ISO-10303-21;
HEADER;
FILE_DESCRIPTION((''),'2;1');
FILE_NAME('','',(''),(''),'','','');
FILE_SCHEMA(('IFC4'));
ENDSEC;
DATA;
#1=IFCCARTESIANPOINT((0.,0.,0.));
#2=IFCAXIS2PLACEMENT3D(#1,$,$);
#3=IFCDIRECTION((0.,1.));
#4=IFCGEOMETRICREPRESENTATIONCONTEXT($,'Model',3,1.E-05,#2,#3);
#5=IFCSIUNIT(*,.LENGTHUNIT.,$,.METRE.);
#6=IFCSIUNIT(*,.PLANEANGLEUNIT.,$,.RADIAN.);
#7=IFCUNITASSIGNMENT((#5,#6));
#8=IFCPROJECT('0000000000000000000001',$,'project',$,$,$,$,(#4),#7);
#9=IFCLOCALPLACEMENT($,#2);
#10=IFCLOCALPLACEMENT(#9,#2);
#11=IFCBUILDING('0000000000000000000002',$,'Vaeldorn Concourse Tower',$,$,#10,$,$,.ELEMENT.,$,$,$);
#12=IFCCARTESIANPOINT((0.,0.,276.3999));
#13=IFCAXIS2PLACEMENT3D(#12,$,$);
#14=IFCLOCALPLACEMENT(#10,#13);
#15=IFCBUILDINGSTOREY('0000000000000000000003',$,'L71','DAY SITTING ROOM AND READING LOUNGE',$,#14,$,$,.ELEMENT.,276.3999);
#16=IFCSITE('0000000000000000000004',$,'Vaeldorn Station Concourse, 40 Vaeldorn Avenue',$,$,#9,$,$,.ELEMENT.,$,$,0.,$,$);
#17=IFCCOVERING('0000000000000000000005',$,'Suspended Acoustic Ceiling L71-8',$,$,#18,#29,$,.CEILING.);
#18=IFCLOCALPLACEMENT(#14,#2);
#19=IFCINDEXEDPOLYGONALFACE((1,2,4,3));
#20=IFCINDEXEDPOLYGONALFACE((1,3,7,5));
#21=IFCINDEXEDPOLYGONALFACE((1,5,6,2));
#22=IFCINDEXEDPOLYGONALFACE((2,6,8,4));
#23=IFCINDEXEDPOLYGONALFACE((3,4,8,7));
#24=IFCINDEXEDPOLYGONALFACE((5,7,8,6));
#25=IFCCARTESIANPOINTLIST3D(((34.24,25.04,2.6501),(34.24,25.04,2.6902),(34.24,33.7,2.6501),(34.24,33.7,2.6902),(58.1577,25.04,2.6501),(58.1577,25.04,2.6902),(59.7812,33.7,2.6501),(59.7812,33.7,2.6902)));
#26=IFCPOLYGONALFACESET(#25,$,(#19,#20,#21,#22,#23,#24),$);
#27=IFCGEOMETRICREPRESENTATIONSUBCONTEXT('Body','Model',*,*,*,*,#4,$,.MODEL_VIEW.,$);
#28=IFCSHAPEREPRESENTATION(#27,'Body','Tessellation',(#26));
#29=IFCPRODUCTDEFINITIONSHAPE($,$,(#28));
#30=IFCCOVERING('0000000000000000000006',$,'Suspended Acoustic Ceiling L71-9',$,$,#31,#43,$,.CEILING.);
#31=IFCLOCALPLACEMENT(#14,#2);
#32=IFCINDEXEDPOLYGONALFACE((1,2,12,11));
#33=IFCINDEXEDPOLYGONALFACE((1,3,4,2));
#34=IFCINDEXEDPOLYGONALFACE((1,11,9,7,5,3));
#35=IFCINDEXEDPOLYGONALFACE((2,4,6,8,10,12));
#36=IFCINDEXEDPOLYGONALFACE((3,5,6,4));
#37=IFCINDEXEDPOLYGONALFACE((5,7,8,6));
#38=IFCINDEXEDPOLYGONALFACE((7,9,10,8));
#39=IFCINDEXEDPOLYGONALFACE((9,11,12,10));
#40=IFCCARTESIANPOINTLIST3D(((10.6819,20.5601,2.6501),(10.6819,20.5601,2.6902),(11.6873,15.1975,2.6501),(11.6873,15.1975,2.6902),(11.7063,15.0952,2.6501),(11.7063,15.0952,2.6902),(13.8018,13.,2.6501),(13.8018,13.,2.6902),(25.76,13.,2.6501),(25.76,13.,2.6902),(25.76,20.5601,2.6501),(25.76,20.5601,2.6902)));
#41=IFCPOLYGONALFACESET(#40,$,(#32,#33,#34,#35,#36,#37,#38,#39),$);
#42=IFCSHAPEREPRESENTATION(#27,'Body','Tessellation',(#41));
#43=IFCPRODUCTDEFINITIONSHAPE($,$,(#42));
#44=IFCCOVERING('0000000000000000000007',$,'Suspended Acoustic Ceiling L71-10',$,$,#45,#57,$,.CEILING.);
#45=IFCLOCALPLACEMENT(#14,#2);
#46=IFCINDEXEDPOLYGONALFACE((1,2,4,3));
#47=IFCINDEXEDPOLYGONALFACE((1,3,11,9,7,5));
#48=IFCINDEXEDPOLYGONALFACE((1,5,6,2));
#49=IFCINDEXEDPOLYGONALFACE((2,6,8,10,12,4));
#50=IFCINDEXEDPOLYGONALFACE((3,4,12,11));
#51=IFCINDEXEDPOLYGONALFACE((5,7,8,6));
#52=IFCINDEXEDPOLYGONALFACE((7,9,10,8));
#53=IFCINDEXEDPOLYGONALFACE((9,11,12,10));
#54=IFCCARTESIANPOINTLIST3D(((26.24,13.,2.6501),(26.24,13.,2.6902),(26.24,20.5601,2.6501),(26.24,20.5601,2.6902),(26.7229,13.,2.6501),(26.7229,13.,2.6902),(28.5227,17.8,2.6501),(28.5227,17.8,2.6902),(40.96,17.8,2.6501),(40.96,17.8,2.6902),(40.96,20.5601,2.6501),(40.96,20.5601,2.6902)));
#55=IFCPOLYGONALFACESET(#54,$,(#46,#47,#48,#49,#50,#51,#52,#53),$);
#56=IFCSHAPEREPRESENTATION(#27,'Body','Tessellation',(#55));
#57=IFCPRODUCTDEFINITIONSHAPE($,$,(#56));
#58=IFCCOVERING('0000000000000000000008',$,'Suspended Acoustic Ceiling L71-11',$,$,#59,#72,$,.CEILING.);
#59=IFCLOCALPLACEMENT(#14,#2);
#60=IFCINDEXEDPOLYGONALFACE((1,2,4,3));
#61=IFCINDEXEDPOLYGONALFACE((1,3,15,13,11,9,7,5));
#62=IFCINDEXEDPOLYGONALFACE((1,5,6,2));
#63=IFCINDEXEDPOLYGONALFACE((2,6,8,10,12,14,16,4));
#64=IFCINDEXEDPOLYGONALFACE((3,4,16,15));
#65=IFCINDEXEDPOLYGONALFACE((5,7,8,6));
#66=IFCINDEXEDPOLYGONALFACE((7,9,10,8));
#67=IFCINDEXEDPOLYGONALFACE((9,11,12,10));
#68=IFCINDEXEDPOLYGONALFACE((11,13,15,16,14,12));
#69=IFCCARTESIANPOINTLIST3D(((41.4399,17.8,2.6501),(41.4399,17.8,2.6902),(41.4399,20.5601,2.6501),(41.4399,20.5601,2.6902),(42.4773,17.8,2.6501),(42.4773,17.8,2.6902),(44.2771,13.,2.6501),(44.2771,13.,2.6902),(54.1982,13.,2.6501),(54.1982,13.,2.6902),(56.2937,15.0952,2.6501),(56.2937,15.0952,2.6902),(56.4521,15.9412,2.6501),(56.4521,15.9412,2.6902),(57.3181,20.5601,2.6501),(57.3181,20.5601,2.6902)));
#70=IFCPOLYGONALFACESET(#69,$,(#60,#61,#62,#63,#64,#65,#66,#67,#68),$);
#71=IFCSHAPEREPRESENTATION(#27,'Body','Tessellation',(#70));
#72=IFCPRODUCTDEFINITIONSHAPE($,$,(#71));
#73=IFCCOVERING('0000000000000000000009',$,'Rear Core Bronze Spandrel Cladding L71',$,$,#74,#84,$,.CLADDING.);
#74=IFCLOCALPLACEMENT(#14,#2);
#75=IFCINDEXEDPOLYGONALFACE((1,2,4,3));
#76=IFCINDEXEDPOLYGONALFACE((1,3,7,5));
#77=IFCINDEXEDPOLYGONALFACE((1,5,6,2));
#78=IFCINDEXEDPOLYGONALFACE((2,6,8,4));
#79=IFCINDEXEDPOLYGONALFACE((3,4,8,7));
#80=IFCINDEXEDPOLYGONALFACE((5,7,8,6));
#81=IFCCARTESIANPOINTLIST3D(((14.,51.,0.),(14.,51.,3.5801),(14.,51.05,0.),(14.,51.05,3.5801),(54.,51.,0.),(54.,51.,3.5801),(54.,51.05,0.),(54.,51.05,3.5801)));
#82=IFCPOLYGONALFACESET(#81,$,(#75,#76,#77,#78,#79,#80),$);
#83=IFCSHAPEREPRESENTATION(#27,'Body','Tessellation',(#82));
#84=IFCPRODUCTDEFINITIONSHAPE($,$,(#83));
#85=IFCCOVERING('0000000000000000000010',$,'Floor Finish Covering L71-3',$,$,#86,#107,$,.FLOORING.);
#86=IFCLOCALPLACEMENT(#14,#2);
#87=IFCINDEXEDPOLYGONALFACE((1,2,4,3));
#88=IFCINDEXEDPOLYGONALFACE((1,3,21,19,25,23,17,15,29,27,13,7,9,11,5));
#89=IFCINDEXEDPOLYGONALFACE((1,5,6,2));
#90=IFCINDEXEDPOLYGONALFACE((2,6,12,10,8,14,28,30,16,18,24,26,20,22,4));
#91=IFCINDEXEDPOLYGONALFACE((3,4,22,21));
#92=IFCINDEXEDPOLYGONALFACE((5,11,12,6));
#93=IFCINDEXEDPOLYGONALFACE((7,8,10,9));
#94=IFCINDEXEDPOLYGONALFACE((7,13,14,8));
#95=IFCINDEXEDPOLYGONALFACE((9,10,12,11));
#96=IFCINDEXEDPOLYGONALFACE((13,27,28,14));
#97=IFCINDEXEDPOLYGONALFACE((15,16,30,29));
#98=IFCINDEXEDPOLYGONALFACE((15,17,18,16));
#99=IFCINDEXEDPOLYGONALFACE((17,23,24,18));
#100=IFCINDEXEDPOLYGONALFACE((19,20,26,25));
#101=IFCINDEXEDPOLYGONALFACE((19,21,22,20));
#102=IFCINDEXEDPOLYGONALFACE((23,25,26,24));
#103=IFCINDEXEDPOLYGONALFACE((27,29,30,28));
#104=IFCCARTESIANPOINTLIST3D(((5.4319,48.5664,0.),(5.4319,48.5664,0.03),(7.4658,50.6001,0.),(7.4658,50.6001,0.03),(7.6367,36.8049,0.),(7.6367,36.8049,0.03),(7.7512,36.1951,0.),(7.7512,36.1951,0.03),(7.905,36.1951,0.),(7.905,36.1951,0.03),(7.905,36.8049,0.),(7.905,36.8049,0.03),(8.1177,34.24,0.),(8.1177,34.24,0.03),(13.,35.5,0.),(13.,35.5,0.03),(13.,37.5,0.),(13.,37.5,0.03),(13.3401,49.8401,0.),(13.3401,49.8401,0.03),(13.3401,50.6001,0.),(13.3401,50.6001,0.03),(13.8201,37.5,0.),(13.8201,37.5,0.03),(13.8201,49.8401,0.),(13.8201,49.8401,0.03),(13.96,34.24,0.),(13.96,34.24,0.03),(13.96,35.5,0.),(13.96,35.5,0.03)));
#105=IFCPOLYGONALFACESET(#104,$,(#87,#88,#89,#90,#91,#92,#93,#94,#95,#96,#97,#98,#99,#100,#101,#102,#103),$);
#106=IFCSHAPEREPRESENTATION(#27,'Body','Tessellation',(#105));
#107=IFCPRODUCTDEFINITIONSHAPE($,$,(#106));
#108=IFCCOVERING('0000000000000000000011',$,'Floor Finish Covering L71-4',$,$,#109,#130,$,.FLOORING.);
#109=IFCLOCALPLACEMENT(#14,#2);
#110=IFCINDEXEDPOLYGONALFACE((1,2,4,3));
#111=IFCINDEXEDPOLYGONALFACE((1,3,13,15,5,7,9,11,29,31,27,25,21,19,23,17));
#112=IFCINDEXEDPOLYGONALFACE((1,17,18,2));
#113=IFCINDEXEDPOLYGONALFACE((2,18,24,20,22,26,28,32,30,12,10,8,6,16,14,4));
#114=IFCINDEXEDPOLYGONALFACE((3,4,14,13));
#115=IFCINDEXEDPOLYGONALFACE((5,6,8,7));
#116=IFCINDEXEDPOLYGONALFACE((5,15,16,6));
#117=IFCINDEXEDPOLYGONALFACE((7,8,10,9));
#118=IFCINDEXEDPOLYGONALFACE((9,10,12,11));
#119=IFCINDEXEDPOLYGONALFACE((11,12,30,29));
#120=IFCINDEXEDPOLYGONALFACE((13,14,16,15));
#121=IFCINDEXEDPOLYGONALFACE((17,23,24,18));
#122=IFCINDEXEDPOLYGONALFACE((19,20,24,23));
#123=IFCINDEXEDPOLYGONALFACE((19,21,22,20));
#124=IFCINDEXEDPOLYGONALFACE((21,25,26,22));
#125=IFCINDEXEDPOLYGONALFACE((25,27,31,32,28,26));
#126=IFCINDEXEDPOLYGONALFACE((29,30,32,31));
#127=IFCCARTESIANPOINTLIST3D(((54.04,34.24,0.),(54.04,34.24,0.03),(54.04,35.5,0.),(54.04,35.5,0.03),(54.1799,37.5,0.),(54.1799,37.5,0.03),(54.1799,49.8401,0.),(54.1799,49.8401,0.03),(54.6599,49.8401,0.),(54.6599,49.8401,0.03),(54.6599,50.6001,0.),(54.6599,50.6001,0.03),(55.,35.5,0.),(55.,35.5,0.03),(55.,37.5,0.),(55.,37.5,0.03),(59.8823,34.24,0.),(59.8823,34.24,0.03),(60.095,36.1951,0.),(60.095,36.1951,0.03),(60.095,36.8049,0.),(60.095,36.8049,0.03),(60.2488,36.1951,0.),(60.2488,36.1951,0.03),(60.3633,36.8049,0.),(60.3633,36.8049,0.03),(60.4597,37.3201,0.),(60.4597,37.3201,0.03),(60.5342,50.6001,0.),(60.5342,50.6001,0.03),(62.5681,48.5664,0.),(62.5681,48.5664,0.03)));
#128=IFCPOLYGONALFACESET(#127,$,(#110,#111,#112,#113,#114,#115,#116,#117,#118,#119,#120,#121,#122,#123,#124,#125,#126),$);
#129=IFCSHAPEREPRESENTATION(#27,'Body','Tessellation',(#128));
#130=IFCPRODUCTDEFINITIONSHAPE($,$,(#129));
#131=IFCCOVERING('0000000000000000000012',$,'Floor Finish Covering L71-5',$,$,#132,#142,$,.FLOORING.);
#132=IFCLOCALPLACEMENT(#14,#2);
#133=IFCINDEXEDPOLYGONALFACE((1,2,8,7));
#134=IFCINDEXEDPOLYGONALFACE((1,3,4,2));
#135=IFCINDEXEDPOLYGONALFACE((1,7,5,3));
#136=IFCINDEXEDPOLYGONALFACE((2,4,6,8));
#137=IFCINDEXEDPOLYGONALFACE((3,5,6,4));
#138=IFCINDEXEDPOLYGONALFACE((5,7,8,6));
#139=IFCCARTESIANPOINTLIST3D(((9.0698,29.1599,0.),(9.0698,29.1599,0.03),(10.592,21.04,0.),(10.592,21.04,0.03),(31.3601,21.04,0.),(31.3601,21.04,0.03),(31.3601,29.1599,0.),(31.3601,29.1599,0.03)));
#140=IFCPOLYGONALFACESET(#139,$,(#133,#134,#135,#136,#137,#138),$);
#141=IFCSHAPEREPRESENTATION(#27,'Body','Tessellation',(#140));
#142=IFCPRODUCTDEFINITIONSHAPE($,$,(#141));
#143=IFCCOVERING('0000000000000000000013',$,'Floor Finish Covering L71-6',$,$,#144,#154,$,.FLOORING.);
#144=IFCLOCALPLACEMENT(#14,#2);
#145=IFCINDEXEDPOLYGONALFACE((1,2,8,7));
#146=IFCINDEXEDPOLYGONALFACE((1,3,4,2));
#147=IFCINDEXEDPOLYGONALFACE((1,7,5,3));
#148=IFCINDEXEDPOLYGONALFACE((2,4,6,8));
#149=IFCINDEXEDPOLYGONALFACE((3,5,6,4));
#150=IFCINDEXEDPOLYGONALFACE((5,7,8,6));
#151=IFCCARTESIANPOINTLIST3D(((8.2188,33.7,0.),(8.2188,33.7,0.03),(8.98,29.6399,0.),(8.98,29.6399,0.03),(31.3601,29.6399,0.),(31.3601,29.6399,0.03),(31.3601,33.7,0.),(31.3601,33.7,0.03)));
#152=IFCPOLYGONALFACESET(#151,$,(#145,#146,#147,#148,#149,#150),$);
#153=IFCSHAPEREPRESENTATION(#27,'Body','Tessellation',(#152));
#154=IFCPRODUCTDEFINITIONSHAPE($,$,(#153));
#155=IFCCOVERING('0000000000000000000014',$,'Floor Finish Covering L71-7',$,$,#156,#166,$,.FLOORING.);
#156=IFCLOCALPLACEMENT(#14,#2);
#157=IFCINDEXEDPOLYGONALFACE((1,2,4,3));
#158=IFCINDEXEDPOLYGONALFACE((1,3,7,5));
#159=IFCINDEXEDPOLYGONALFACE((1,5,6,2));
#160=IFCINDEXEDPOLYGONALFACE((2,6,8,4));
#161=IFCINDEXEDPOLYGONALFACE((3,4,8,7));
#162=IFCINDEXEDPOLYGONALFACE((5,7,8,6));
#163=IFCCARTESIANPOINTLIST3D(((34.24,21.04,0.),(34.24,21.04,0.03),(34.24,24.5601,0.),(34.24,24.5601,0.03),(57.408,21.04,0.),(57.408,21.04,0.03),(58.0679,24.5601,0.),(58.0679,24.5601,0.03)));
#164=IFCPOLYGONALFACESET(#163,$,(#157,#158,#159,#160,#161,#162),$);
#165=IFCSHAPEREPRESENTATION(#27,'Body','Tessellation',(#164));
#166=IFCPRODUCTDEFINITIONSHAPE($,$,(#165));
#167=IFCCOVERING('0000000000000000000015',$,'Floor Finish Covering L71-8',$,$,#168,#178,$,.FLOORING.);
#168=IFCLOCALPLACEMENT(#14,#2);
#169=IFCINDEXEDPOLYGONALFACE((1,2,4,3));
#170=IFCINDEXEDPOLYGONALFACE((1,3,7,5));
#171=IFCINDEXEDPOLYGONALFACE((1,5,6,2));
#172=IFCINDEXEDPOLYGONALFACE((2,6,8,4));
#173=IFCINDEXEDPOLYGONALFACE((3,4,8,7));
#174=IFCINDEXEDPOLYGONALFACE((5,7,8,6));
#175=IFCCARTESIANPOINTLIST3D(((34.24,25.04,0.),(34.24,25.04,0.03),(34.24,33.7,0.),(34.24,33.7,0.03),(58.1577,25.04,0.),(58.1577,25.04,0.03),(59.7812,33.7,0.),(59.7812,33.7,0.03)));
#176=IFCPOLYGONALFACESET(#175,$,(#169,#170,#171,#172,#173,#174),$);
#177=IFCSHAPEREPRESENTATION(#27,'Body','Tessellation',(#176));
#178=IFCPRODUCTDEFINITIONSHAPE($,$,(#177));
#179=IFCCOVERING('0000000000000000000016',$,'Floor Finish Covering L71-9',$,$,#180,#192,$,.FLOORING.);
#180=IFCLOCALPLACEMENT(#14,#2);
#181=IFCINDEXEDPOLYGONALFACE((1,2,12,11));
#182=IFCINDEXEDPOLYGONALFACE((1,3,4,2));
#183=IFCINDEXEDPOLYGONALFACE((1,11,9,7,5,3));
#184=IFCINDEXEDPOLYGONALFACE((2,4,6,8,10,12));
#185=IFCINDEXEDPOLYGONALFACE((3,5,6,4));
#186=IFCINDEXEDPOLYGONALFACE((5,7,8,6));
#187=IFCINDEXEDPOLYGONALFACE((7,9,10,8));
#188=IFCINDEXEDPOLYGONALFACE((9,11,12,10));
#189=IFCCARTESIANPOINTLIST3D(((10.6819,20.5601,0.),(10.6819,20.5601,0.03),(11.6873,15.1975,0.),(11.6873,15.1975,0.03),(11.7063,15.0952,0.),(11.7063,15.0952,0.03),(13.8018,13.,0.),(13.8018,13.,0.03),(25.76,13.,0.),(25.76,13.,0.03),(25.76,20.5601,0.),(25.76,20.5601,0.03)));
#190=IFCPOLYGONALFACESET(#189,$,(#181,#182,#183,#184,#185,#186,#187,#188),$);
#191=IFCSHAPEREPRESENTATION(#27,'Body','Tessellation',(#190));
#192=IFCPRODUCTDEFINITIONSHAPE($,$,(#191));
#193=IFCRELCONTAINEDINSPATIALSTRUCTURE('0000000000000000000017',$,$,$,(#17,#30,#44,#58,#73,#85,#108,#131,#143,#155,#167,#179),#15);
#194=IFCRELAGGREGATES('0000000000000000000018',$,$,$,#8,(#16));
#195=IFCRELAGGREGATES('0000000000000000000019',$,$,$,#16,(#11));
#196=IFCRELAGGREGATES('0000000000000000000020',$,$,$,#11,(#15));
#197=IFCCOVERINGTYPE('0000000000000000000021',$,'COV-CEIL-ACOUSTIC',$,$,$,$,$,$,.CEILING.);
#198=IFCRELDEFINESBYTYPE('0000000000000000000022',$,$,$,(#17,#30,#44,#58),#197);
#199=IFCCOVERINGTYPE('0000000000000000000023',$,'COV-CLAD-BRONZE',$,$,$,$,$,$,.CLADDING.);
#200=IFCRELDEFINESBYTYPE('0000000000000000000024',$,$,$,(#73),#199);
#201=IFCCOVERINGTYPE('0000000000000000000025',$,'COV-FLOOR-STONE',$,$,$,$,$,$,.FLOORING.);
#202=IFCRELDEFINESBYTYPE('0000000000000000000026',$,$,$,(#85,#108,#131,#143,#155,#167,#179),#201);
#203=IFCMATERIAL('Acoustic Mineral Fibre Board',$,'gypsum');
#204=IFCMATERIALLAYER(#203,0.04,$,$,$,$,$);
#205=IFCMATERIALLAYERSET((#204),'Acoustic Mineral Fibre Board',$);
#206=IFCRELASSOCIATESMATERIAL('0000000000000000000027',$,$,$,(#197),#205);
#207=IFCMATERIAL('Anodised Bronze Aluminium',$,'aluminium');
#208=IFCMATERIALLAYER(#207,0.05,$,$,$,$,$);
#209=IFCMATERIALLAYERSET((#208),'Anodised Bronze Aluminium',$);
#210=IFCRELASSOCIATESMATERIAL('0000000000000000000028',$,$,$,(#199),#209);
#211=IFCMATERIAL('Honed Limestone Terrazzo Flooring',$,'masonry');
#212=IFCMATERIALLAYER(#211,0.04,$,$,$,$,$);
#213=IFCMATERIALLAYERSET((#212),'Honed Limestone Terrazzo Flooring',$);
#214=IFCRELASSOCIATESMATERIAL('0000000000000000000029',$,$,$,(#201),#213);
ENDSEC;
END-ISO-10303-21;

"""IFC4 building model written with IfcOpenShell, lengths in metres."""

from ifc_helpers import new_model, si_unit, direction, frame, origin, place, context, subcontext, project, spatial, polyline, outline, extrude, material, layer, layer_set, type_object, element, save


model = new_model("IFC4")

# Units and contexts
model_context = context("Model", 3, precision=1e-05, world=origin(), true_north=direction((0.0, 1.0)))
body_context = subcontext(model_context, "Body", "Model", "MODEL_VIEW")
ifc_project = project(units=[si_unit("LENGTHUNIT", "METRE"), si_unit("PLANEANGLEUNIT", "RADIAN")], contexts=[model_context])

# Site, building, storey
site_placement = place(None, origin())
site = spatial("IfcSite", under=ifc_project, at=site_placement, Name="Vaeldorn Station Concourse, 40 Vaeldorn Avenue", CompositionType="ELEMENT", RefElevation=0.0)
building_placement = place(site_placement, origin())
building = spatial("IfcBuilding", under=site, at=building_placement, Name="Vaeldorn Concourse Tower", CompositionType="ELEMENT")
storey_placement = place(building_placement, frame((0.0, 0.0, 276.3999)))
storey = spatial("IfcBuildingStorey", under=building, at=storey_placement, Name="L71", Description="DAY SITTING ROOM AND READING LOUNGE", CompositionType="ELEMENT", Elevation=276.3999)

# Coverings
ifc_material_1 = material(Name="Acoustic Mineral Fibre Board", Category="gypsum")
ifc_layer_1 = layer(ifc_material_1, 0.04)
ifc_layer_set_1 = layer_set([ifc_layer_1], Name="Acoustic Mineral Fibre Board")
covering_type_1 = type_object("IfcCoveringType", Name="COV-CEIL-ACOUSTIC", PredefinedType="CEILING", material=ifc_layer_set_1)
covering_1_placement = place(storey_placement, frame((0.0, 0.0, 2.6501)))
element("IfcCovering", 1, at=covering_1_placement, inside=storey, type_object=covering_type_1, Name="Suspended Acoustic Ceiling L71-8", PredefinedType="CEILING", context=body_context, shape_type="SweptSolid", body=[
    extrude(outline(polyline([(34.24, 25.04), (34.24, 33.7), (59.7812, 33.7), (58.1577, 25.04), (34.24, 25.04)])), origin(), (0.0, 0.0, 1.0), 0.04),
])
covering_2_placement = place(storey_placement, frame((0.0, 0.0, 2.6501)))
element("IfcCovering", 2, at=covering_2_placement, inside=storey, type_object=covering_type_1, Name="Suspended Acoustic Ceiling L71-9", PredefinedType="CEILING", context=body_context, shape_type="SweptSolid", body=[
    extrude(outline(polyline([(25.76, 20.5601), (25.76, 13.0), (13.8018, 13.0), (11.7063, 15.0952), (11.6873, 15.1975), (10.6819, 20.5601), (25.76, 20.5601)])), origin(), (0.0, 0.0, 1.0), 0.04),
])
covering_3_placement = place(storey_placement, frame((0.0, 0.0, 2.6501)))
element("IfcCovering", 3, at=covering_3_placement, inside=storey, type_object=covering_type_1, Name="Suspended Acoustic Ceiling L71-10", PredefinedType="CEILING", context=body_context, shape_type="SweptSolid", body=[
    extrude(outline(polyline([(26.7229, 13.0), (26.24, 13.0), (26.24, 20.5601), (40.96, 20.5601), (40.96, 17.8), (28.5227, 17.8), (26.7229, 13.0)])), origin(), (0.0, 0.0, 1.0), 0.04),
])
covering_4_placement = place(storey_placement, frame((0.0, 0.0, 2.6501)))
element("IfcCovering", 4, at=covering_4_placement, inside=storey, type_object=covering_type_1, Name="Suspended Acoustic Ceiling L71-11", PredefinedType="CEILING", context=body_context, shape_type="SweptSolid", body=[
    extrude(outline(polyline([(41.4399, 17.8), (41.4399, 20.5601), (57.3181, 20.5601), (56.4521, 15.9412), (56.4521, 15.9412), (56.2937, 15.0952), (54.1982, 13.0), (44.2771, 13.0), (42.4773, 17.8), (41.4399, 17.8)])), origin(), (0.0, 0.0, 1.0), 0.04),
])
ifc_material_2 = material(Name="Anodised Bronze Aluminium", Category="aluminium")
ifc_layer_2 = layer(ifc_material_2, 0.05)
ifc_layer_set_2 = layer_set([ifc_layer_2], Name="Anodised Bronze Aluminium")
covering_type_2 = type_object("IfcCoveringType", Name="COV-CLAD-BRONZE", PredefinedType="CLADDING", material=ifc_layer_set_2)
covering_5_placement = place(storey_placement, origin())
element("IfcCovering", 5, at=covering_5_placement, inside=storey, type_object=covering_type_2, Name="Rear Core Bronze Spandrel Cladding L71", PredefinedType="CLADDING", context=body_context, shape_type="SweptSolid", body=[
    extrude(outline(polyline([(14.0, 51.0), (54.0, 51.0), (54.0, 51.05), (14.0, 51.05), (14.0, 51.0)])), origin(), (0.0, 0.0, 1.0), 3.5801),
])
ifc_material_3 = material(Name="Honed Limestone Terrazzo Flooring", Category="masonry")
ifc_layer_3 = layer(ifc_material_3, 0.04)
ifc_layer_set_3 = layer_set([ifc_layer_3], Name="Honed Limestone Terrazzo Flooring")
covering_type_3 = type_object("IfcCoveringType", Name="COV-FLOOR-STONE", PredefinedType="FLOORING", material=ifc_layer_set_3)
covering_6_placement = place(storey_placement, origin())
element("IfcCovering", 6, at=covering_6_placement, inside=storey, type_object=covering_type_3, Name="Floor Finish Covering L71-3", PredefinedType="FLOORING", context=body_context, shape_type="SweptSolid", body=[
    extrude(outline(polyline([(7.4658, 50.6001), (13.3401, 50.6001), (13.3401, 49.8401), (13.8201, 49.8401), (13.8201, 37.5), (13.0, 37.5), (13.0, 35.5), (13.96, 35.5), (13.96, 34.24), (8.1177, 34.24), (7.7512, 36.1951), (7.905, 36.1951), (7.905, 36.8049), (7.6367, 36.8049), (5.4319, 48.5664), (7.4658, 50.6001)])), origin(), (0.0, 0.0, 1.0), 0.03),
])
covering_7_placement = place(storey_placement, origin())
element("IfcCovering", 7, at=covering_7_placement, inside=storey, type_object=covering_type_3, Name="Floor Finish Covering L71-4", PredefinedType="FLOORING", context=body_context, shape_type="SweptSolid", body=[
    extrude(outline(polyline([(54.1799, 49.8401), (54.6599, 49.8401), (54.6599, 50.6001), (60.5342, 50.6001), (62.5681, 48.5664), (60.4597, 37.3201), (60.4597, 37.3201), (60.3633, 36.8049), (60.095, 36.8049), (60.095, 36.1951), (60.2488, 36.1951), (59.8823, 34.24), (54.04, 34.24), (54.04, 35.5), (55.0, 35.5), (55.0, 37.5), (54.1799, 37.5), (54.1799, 49.8401)])), origin(), (0.0, 0.0, 1.0), 0.03),
])
covering_8_placement = place(storey_placement, origin())
element("IfcCovering", 8, at=covering_8_placement, inside=storey, type_object=covering_type_3, Name="Floor Finish Covering L71-5", PredefinedType="FLOORING", context=body_context, shape_type="SweptSolid", body=[
    extrude(outline(polyline([(31.3601, 29.1599), (31.3601, 21.04), (10.592, 21.04), (9.0698, 29.1599), (31.3601, 29.1599)])), origin(), (0.0, 0.0, 1.0), 0.03),
])
covering_9_placement = place(storey_placement, origin())
element("IfcCovering", 9, at=covering_9_placement, inside=storey, type_object=covering_type_3, Name="Floor Finish Covering L71-6", PredefinedType="FLOORING", context=body_context, shape_type="SweptSolid", body=[
    extrude(outline(polyline([(31.3601, 33.7), (31.3601, 29.6399), (8.98, 29.6399), (8.2188, 33.7), (31.3601, 33.7)])), origin(), (0.0, 0.0, 1.0), 0.03),
])
covering_10_placement = place(storey_placement, origin())
element("IfcCovering", 10, at=covering_10_placement, inside=storey, type_object=covering_type_3, Name="Floor Finish Covering L71-7", PredefinedType="FLOORING", context=body_context, shape_type="SweptSolid", body=[
    extrude(outline(polyline([(34.24, 21.04), (34.24, 24.5601), (58.0679, 24.5601), (57.408, 21.04), (34.24, 21.04)])), origin(), (0.0, 0.0, 1.0), 0.03),
])
covering_11_placement = place(storey_placement, origin())
element("IfcCovering", 11, at=covering_11_placement, inside=storey, type_object=covering_type_3, Name="Floor Finish Covering L71-8", PredefinedType="FLOORING", context=body_context, shape_type="SweptSolid", body=[
    extrude(outline(polyline([(34.24, 25.04), (34.24, 33.7), (59.7812, 33.7), (58.1577, 25.04), (34.24, 25.04)])), origin(), (0.0, 0.0, 1.0), 0.03),
])
covering_12_placement = place(storey_placement, origin())
element("IfcCovering", 12, at=covering_12_placement, inside=storey, type_object=covering_type_3, Name="Floor Finish Covering L71-9", PredefinedType="FLOORING", context=body_context, shape_type="SweptSolid", body=[
    extrude(outline(polyline([(25.76, 20.5601), (25.76, 13.0), (13.8018, 13.0), (11.7063, 15.0952), (11.6873, 15.1975), (10.6819, 20.5601), (25.76, 20.5601)])), origin(), (0.0, 0.0, 1.0), 0.03),
])

save(model, "model.ifc")
